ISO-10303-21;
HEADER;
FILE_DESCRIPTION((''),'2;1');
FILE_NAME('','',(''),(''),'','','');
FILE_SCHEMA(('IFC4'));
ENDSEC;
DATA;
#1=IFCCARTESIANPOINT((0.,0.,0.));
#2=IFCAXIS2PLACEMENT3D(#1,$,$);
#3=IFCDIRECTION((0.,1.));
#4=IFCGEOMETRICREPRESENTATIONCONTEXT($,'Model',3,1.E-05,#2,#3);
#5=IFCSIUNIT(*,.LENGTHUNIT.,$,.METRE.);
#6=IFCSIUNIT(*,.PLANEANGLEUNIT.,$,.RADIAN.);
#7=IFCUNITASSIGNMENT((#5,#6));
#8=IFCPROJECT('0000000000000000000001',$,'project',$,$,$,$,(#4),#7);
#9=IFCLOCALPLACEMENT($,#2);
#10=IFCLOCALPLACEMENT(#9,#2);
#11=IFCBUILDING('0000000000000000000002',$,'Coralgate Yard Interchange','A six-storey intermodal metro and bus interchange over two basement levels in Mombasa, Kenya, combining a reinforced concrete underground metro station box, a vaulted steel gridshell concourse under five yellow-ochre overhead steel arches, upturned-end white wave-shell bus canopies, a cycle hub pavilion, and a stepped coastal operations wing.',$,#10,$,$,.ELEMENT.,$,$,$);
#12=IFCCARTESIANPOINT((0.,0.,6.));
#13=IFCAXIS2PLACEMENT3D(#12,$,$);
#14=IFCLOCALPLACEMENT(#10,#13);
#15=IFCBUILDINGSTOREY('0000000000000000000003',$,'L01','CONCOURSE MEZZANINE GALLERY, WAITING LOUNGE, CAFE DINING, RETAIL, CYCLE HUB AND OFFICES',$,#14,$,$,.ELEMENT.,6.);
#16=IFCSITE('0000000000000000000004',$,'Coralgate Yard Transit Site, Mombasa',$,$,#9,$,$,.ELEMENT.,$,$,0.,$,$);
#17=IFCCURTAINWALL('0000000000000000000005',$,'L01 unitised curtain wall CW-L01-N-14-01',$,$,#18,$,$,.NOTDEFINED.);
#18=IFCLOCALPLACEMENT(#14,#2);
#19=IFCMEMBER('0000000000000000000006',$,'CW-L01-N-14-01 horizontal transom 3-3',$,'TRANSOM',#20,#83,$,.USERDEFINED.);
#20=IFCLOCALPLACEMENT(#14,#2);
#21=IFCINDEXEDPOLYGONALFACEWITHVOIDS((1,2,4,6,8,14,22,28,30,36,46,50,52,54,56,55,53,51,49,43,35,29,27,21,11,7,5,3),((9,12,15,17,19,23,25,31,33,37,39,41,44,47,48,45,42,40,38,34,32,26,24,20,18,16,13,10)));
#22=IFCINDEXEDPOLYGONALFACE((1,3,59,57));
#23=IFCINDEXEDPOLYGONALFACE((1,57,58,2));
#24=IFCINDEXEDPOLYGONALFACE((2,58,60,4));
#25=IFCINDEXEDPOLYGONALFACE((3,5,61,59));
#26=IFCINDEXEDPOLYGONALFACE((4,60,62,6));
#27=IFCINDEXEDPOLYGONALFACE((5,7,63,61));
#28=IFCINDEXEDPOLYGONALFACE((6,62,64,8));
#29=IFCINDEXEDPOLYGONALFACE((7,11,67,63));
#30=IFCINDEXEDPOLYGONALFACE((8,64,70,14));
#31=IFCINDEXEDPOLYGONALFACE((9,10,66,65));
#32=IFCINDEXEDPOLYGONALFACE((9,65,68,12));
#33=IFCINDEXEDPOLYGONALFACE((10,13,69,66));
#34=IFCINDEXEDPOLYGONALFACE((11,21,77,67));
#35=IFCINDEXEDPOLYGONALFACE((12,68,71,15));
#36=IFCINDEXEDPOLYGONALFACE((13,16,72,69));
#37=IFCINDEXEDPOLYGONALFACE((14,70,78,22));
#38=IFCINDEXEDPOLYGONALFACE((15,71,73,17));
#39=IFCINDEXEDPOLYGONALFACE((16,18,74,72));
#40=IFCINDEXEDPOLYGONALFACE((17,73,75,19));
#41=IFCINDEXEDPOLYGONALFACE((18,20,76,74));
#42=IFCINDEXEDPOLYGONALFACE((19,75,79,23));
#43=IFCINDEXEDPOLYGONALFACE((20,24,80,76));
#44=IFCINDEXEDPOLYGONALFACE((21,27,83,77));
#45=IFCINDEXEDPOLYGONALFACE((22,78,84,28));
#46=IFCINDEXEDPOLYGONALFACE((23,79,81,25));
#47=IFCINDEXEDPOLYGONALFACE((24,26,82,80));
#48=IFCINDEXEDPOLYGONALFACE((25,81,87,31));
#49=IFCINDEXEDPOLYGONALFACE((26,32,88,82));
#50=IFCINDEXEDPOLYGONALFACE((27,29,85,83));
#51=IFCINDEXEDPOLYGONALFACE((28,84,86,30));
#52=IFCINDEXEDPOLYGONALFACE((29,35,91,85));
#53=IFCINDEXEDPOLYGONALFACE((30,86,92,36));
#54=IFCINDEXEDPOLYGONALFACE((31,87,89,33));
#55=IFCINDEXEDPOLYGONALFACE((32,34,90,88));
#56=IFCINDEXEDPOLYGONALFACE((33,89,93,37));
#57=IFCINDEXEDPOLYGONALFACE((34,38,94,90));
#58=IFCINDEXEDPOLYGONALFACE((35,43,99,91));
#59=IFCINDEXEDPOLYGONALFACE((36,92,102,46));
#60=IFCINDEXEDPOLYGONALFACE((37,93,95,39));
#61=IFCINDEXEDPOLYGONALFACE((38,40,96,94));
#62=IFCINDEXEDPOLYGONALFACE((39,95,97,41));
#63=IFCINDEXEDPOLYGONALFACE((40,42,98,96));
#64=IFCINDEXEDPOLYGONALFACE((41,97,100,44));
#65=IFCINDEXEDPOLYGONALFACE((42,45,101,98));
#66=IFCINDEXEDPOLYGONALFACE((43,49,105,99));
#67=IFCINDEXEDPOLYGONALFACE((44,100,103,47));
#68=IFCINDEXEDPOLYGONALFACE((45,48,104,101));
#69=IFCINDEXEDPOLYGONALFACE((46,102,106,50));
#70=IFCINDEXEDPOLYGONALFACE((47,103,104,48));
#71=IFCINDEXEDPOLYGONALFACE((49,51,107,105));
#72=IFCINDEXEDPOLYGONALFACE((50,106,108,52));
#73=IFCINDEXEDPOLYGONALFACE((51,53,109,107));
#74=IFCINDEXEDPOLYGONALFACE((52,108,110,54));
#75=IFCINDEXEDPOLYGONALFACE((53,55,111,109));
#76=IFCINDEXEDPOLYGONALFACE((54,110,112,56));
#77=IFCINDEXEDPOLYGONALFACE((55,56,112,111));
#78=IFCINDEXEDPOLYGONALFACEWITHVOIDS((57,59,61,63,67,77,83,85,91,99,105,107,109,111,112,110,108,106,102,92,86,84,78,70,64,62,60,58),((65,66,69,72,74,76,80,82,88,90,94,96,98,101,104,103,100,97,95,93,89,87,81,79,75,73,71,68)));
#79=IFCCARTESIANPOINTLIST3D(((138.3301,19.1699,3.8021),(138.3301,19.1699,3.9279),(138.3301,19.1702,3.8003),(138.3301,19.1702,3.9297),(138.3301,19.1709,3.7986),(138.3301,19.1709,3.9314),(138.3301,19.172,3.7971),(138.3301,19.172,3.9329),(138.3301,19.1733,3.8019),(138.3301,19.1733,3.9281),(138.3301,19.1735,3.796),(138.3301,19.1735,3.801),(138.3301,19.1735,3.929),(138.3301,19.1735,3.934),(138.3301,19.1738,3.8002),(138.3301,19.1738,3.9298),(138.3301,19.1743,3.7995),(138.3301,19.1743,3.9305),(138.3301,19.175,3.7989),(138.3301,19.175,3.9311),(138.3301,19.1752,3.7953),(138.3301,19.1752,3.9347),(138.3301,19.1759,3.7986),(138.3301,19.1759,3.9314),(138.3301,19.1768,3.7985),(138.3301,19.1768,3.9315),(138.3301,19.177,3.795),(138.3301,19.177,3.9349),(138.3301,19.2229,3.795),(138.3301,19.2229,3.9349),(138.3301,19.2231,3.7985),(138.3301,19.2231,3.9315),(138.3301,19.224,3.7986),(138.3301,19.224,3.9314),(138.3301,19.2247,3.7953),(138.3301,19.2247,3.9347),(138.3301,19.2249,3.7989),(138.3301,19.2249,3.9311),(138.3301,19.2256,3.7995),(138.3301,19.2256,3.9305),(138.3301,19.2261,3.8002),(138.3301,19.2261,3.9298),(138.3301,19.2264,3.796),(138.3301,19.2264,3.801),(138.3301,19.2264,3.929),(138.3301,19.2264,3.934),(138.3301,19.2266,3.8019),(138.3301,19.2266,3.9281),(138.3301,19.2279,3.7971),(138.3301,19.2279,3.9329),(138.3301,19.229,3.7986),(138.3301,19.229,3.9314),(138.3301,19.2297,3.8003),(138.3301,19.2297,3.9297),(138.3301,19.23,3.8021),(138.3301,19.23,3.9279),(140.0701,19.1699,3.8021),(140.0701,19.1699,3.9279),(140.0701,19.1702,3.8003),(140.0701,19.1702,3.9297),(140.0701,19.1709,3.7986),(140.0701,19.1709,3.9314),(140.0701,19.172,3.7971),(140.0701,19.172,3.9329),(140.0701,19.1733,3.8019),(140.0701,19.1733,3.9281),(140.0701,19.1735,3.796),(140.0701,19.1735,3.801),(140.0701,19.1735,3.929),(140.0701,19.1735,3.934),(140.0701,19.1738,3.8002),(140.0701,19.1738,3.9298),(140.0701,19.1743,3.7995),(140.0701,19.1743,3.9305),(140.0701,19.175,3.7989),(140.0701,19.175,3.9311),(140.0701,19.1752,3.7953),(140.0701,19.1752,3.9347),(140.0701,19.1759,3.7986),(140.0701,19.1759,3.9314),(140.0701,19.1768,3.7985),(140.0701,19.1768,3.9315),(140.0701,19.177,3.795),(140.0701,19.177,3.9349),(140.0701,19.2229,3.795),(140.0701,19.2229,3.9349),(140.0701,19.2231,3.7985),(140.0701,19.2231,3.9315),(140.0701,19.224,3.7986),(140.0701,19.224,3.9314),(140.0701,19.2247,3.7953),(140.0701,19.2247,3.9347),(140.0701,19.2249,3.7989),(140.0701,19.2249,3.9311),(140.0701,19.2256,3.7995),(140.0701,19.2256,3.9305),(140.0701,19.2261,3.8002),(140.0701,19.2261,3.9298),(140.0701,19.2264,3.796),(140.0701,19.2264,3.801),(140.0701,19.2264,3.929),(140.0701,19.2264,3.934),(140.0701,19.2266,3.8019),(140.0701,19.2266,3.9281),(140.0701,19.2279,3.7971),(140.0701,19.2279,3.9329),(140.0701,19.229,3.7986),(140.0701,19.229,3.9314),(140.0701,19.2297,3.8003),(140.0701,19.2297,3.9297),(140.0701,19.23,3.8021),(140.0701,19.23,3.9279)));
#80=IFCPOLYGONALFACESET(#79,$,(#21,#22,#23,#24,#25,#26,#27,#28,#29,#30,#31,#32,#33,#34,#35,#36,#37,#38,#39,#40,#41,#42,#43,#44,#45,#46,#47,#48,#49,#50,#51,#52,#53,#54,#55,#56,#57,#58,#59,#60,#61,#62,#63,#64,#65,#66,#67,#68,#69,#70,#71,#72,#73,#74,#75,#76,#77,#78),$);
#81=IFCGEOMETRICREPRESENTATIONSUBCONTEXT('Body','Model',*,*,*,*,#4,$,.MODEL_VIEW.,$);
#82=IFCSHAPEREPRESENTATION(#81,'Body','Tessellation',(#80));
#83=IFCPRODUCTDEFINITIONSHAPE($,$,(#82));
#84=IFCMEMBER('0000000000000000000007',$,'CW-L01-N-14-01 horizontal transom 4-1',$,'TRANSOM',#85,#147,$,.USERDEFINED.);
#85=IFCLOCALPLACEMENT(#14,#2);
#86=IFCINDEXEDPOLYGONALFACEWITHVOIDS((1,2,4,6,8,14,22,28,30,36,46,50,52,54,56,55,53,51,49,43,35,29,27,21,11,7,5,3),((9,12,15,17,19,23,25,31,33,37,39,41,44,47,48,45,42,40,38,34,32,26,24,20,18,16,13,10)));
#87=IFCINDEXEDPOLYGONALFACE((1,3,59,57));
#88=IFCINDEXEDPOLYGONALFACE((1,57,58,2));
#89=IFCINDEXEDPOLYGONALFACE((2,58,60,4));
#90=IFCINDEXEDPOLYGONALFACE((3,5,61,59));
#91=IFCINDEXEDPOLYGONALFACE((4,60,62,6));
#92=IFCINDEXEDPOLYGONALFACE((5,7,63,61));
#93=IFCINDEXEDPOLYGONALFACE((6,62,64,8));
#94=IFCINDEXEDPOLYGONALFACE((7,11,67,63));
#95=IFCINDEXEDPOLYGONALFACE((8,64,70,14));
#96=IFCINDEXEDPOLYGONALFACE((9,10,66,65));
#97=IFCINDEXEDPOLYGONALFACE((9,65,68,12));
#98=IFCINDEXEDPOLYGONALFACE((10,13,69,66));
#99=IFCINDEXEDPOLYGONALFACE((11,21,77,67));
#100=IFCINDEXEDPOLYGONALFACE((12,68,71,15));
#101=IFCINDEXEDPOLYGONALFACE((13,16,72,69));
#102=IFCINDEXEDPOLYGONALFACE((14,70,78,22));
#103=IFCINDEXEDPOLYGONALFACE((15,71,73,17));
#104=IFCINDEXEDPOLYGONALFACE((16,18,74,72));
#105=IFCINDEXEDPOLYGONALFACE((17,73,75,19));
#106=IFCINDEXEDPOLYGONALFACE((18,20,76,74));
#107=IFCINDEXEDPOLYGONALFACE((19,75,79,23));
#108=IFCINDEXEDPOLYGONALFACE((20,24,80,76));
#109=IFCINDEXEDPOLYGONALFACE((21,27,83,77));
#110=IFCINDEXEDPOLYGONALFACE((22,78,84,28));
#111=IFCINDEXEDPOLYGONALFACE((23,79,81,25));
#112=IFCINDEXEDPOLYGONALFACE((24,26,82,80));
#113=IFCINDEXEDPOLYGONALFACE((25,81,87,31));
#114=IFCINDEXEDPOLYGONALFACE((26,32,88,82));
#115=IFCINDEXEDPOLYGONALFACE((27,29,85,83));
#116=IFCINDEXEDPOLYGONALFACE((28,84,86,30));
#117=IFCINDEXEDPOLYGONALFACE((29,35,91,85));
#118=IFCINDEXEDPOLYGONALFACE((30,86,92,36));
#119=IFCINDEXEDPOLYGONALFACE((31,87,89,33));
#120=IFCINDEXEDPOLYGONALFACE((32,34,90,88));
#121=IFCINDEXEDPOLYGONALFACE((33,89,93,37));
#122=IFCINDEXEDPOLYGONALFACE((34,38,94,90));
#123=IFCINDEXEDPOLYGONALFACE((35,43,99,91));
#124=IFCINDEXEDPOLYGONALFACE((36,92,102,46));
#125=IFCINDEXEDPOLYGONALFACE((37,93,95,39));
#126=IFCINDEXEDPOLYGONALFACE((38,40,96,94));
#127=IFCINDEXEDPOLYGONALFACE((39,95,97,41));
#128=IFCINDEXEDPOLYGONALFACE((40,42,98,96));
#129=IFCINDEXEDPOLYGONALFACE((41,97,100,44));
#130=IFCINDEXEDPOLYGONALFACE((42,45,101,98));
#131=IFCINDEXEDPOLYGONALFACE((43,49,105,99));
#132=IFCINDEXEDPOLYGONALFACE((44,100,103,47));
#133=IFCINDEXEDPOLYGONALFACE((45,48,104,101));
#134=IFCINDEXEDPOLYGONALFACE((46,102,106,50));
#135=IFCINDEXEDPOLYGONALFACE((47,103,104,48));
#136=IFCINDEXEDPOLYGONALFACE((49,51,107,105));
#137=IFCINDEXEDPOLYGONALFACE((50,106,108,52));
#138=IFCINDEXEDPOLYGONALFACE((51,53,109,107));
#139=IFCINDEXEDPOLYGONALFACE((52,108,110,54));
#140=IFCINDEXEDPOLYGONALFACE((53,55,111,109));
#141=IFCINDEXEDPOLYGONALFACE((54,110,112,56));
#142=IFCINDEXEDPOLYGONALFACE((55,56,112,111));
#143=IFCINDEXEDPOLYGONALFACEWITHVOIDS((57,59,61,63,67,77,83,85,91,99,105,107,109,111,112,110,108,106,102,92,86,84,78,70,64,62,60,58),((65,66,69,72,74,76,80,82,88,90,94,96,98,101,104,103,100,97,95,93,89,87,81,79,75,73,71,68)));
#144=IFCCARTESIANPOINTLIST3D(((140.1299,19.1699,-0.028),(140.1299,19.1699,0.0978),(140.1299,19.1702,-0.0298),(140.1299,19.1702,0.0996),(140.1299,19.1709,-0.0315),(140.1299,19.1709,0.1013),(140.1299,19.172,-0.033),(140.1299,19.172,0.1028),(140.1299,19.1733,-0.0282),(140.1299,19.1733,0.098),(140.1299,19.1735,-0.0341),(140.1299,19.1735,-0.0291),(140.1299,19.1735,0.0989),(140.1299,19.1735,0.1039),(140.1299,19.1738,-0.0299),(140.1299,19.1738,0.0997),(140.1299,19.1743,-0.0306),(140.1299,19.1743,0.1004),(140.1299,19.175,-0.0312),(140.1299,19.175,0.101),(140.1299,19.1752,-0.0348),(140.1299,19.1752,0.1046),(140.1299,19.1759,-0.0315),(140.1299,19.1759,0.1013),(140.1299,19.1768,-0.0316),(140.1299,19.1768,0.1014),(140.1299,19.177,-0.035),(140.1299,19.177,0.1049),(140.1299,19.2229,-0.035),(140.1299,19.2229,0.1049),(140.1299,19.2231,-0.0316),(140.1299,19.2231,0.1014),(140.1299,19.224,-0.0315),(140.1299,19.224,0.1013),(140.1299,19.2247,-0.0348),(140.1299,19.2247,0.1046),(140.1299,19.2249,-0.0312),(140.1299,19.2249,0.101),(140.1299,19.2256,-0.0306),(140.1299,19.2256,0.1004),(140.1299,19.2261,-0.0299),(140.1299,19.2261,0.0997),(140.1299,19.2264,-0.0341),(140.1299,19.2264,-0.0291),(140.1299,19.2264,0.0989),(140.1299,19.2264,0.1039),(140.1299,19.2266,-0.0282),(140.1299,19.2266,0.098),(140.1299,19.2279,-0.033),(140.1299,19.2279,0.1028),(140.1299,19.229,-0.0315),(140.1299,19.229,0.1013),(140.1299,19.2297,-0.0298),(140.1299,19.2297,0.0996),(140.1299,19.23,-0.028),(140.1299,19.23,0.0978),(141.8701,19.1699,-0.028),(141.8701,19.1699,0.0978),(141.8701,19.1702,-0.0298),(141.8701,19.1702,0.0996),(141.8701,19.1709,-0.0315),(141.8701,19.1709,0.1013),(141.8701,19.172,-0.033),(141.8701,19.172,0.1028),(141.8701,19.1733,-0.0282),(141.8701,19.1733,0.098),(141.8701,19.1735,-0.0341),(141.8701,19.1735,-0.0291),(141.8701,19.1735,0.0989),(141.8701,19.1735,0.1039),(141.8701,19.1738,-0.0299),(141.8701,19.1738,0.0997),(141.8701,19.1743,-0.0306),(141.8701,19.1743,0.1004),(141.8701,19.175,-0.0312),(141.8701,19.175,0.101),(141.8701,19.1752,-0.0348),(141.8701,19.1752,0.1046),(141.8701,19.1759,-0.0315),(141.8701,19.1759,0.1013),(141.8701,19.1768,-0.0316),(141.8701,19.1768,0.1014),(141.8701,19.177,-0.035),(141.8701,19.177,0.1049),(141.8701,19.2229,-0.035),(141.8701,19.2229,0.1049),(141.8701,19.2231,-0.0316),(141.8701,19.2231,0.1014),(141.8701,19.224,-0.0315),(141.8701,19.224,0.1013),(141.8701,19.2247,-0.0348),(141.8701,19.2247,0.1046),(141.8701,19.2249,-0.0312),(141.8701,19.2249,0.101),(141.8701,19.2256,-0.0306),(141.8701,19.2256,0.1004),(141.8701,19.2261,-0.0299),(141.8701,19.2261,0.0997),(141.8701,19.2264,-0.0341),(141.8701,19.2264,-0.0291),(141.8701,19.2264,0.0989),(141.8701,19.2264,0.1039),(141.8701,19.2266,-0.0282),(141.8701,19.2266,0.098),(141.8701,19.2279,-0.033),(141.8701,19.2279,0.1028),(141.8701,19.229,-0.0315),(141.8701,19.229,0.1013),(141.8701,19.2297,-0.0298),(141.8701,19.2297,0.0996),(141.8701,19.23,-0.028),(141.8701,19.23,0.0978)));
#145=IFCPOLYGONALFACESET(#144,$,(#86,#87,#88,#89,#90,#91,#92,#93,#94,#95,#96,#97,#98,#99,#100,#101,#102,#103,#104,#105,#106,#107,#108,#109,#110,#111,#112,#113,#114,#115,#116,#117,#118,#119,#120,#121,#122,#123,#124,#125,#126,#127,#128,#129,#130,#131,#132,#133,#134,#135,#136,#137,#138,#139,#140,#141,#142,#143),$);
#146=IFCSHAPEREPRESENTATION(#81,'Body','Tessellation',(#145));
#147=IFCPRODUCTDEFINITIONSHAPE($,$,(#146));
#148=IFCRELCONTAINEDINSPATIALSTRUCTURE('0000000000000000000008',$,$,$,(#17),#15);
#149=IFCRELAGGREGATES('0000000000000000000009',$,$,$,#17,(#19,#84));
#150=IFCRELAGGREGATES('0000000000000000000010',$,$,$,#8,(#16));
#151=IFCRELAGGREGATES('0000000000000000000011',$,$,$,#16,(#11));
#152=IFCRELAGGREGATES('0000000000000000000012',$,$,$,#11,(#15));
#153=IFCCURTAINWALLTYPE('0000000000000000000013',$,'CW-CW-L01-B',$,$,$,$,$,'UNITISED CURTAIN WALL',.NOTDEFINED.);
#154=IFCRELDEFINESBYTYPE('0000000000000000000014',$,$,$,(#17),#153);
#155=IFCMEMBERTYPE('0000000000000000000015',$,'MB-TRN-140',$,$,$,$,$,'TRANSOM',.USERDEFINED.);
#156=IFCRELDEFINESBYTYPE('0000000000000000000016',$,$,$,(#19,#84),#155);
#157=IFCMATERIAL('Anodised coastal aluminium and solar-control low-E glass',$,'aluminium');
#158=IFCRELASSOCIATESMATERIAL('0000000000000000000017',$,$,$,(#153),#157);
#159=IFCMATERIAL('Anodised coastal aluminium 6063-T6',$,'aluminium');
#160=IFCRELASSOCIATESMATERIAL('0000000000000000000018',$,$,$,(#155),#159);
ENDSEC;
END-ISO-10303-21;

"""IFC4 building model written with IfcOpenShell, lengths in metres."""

from ifc_helpers import new_model, si_unit, direction, frame, origin, origin_2d, place, context, subcontext, project, spatial, hollow_rectangle, extrude, material, material_profile, profile_set, type_object, element, aggregate, save


model = new_model("IFC4")

# Units and contexts
model_context = context("Model", 3, precision=1e-05, world=origin(), true_north=direction((0.0, 1.0)))
body_context = subcontext(model_context, "Body", "Model", "MODEL_VIEW")
ifc_project = project(units=[si_unit("LENGTHUNIT", "METRE"), si_unit("PLANEANGLEUNIT", "RADIAN")], contexts=[model_context])

# Site, building, storey
site_placement = place(None, origin())
site = spatial("IfcSite", under=ifc_project, at=site_placement, Name="Coralgate Yard Transit Site, Mombasa", CompositionType="ELEMENT", RefElevation=0.0)
building_placement = place(site_placement, origin())
building = spatial("IfcBuilding", under=site, at=building_placement, Name="Coralgate Yard Interchange", Description="A six-storey intermodal metro and bus interchange over two basement levels in Mombasa, Kenya, combining a reinforced concrete underground metro station box, a vaulted steel gridshell concourse under five yellow-ochre overhead steel arches, upturned-end white wave-shell bus canopies, a cycle hub pavilion, and a stepped coastal operations wing.", CompositionType="ELEMENT")
storey_placement = place(building_placement, frame((0.0, 0.0, 6.0)))
storey = spatial("IfcBuildingStorey", under=building, at=storey_placement, Name="L01", Description="CONCOURSE MEZZANINE GALLERY, WAITING LOUNGE, CAFE DINING, RETAIL, CYCLE HUB AND OFFICES", CompositionType="ELEMENT", Elevation=6.0)

# Curtain wall
ifc_material_1 = material(Name="Anodised coastal aluminium and solar-control low-E glass", Category="aluminium")
ifc_material_2 = material(Name="Anodised coastal aluminium 6063-T6", Category="aluminium")
curtain_wall_type_1 = type_object("IfcCurtainWallType", Name="CW-CW-L01-B", ElementType="UNITISED CURTAIN WALL", PredefinedType="NOTDEFINED", material=ifc_material_1)
curtain_wall_1_placement = place(storey_placement, origin())
curtain_wall_1 = element("IfcCurtainWall", 1, at=curtain_wall_1_placement, inside=storey, type_object=curtain_wall_type_1, Name="L01 unitised curtain wall CW-L01-N-14-01", PredefinedType="NOTDEFINED")

# Members
ifc_material_profile_1 = material_profile(ifc_material_2, hollow_rectangle(XDim=0.0601, YDim=0.1399, WallThickness=0.0034, InnerFilletRadius=0.0034, OuterFilletRadius=0.0071, at=origin_2d()), Name="ALU 60x140x3.5")
ifc_profile_set_1 = profile_set([ifc_material_profile_1], Name="Anodised coastal aluminium 6063-T6")
member_type_1 = type_object("IfcMemberType", Name="MB-TRN-140", ElementType="TRANSOM", PredefinedType="USERDEFINED", material=ifc_profile_set_1)
member_1_placement = place(storey_placement, frame((138.3301, 19.2, 3.865), z_axis=(1.0, 0.0, 0.0), x_axis=(0.0, 1.0, 0.0)))
member_1 = element("IfcMember", 2, at=member_1_placement, type_object=member_type_1, Name="CW-L01-N-14-01 horizontal transom 3-3", ObjectType="TRANSOM", PredefinedType="USERDEFINED", context=body_context, shape_type="SweptSolid", body=[
    extrude(hollow_rectangle(XDim=0.0601, YDim=0.1399, WallThickness=0.0034, InnerFilletRadius=0.0034, OuterFilletRadius=0.0071, at=origin_2d()), origin(), (0.0, 0.0, 1.0), 1.74),
])
member_2_placement = place(storey_placement, frame((140.1299, 19.2, 0.0349), z_axis=(1.0, 0.0, 0.0), x_axis=(0.0, 1.0, 0.0)))
member_2 = element("IfcMember", 3, at=member_2_placement, type_object=member_type_1, Name="CW-L01-N-14-01 horizontal transom 4-1", ObjectType="TRANSOM", PredefinedType="USERDEFINED", context=body_context, shape_type="SweptSolid", body=[
    extrude(hollow_rectangle(XDim=0.0601, YDim=0.1399, WallThickness=0.0034, InnerFilletRadius=0.0034, OuterFilletRadius=0.0071, at=origin_2d()), origin(), (0.0, 0.0, 1.0), 1.7402),
])

aggregate(curtain_wall_1, [member_1, member_2])

save(model, "model.ifc")
